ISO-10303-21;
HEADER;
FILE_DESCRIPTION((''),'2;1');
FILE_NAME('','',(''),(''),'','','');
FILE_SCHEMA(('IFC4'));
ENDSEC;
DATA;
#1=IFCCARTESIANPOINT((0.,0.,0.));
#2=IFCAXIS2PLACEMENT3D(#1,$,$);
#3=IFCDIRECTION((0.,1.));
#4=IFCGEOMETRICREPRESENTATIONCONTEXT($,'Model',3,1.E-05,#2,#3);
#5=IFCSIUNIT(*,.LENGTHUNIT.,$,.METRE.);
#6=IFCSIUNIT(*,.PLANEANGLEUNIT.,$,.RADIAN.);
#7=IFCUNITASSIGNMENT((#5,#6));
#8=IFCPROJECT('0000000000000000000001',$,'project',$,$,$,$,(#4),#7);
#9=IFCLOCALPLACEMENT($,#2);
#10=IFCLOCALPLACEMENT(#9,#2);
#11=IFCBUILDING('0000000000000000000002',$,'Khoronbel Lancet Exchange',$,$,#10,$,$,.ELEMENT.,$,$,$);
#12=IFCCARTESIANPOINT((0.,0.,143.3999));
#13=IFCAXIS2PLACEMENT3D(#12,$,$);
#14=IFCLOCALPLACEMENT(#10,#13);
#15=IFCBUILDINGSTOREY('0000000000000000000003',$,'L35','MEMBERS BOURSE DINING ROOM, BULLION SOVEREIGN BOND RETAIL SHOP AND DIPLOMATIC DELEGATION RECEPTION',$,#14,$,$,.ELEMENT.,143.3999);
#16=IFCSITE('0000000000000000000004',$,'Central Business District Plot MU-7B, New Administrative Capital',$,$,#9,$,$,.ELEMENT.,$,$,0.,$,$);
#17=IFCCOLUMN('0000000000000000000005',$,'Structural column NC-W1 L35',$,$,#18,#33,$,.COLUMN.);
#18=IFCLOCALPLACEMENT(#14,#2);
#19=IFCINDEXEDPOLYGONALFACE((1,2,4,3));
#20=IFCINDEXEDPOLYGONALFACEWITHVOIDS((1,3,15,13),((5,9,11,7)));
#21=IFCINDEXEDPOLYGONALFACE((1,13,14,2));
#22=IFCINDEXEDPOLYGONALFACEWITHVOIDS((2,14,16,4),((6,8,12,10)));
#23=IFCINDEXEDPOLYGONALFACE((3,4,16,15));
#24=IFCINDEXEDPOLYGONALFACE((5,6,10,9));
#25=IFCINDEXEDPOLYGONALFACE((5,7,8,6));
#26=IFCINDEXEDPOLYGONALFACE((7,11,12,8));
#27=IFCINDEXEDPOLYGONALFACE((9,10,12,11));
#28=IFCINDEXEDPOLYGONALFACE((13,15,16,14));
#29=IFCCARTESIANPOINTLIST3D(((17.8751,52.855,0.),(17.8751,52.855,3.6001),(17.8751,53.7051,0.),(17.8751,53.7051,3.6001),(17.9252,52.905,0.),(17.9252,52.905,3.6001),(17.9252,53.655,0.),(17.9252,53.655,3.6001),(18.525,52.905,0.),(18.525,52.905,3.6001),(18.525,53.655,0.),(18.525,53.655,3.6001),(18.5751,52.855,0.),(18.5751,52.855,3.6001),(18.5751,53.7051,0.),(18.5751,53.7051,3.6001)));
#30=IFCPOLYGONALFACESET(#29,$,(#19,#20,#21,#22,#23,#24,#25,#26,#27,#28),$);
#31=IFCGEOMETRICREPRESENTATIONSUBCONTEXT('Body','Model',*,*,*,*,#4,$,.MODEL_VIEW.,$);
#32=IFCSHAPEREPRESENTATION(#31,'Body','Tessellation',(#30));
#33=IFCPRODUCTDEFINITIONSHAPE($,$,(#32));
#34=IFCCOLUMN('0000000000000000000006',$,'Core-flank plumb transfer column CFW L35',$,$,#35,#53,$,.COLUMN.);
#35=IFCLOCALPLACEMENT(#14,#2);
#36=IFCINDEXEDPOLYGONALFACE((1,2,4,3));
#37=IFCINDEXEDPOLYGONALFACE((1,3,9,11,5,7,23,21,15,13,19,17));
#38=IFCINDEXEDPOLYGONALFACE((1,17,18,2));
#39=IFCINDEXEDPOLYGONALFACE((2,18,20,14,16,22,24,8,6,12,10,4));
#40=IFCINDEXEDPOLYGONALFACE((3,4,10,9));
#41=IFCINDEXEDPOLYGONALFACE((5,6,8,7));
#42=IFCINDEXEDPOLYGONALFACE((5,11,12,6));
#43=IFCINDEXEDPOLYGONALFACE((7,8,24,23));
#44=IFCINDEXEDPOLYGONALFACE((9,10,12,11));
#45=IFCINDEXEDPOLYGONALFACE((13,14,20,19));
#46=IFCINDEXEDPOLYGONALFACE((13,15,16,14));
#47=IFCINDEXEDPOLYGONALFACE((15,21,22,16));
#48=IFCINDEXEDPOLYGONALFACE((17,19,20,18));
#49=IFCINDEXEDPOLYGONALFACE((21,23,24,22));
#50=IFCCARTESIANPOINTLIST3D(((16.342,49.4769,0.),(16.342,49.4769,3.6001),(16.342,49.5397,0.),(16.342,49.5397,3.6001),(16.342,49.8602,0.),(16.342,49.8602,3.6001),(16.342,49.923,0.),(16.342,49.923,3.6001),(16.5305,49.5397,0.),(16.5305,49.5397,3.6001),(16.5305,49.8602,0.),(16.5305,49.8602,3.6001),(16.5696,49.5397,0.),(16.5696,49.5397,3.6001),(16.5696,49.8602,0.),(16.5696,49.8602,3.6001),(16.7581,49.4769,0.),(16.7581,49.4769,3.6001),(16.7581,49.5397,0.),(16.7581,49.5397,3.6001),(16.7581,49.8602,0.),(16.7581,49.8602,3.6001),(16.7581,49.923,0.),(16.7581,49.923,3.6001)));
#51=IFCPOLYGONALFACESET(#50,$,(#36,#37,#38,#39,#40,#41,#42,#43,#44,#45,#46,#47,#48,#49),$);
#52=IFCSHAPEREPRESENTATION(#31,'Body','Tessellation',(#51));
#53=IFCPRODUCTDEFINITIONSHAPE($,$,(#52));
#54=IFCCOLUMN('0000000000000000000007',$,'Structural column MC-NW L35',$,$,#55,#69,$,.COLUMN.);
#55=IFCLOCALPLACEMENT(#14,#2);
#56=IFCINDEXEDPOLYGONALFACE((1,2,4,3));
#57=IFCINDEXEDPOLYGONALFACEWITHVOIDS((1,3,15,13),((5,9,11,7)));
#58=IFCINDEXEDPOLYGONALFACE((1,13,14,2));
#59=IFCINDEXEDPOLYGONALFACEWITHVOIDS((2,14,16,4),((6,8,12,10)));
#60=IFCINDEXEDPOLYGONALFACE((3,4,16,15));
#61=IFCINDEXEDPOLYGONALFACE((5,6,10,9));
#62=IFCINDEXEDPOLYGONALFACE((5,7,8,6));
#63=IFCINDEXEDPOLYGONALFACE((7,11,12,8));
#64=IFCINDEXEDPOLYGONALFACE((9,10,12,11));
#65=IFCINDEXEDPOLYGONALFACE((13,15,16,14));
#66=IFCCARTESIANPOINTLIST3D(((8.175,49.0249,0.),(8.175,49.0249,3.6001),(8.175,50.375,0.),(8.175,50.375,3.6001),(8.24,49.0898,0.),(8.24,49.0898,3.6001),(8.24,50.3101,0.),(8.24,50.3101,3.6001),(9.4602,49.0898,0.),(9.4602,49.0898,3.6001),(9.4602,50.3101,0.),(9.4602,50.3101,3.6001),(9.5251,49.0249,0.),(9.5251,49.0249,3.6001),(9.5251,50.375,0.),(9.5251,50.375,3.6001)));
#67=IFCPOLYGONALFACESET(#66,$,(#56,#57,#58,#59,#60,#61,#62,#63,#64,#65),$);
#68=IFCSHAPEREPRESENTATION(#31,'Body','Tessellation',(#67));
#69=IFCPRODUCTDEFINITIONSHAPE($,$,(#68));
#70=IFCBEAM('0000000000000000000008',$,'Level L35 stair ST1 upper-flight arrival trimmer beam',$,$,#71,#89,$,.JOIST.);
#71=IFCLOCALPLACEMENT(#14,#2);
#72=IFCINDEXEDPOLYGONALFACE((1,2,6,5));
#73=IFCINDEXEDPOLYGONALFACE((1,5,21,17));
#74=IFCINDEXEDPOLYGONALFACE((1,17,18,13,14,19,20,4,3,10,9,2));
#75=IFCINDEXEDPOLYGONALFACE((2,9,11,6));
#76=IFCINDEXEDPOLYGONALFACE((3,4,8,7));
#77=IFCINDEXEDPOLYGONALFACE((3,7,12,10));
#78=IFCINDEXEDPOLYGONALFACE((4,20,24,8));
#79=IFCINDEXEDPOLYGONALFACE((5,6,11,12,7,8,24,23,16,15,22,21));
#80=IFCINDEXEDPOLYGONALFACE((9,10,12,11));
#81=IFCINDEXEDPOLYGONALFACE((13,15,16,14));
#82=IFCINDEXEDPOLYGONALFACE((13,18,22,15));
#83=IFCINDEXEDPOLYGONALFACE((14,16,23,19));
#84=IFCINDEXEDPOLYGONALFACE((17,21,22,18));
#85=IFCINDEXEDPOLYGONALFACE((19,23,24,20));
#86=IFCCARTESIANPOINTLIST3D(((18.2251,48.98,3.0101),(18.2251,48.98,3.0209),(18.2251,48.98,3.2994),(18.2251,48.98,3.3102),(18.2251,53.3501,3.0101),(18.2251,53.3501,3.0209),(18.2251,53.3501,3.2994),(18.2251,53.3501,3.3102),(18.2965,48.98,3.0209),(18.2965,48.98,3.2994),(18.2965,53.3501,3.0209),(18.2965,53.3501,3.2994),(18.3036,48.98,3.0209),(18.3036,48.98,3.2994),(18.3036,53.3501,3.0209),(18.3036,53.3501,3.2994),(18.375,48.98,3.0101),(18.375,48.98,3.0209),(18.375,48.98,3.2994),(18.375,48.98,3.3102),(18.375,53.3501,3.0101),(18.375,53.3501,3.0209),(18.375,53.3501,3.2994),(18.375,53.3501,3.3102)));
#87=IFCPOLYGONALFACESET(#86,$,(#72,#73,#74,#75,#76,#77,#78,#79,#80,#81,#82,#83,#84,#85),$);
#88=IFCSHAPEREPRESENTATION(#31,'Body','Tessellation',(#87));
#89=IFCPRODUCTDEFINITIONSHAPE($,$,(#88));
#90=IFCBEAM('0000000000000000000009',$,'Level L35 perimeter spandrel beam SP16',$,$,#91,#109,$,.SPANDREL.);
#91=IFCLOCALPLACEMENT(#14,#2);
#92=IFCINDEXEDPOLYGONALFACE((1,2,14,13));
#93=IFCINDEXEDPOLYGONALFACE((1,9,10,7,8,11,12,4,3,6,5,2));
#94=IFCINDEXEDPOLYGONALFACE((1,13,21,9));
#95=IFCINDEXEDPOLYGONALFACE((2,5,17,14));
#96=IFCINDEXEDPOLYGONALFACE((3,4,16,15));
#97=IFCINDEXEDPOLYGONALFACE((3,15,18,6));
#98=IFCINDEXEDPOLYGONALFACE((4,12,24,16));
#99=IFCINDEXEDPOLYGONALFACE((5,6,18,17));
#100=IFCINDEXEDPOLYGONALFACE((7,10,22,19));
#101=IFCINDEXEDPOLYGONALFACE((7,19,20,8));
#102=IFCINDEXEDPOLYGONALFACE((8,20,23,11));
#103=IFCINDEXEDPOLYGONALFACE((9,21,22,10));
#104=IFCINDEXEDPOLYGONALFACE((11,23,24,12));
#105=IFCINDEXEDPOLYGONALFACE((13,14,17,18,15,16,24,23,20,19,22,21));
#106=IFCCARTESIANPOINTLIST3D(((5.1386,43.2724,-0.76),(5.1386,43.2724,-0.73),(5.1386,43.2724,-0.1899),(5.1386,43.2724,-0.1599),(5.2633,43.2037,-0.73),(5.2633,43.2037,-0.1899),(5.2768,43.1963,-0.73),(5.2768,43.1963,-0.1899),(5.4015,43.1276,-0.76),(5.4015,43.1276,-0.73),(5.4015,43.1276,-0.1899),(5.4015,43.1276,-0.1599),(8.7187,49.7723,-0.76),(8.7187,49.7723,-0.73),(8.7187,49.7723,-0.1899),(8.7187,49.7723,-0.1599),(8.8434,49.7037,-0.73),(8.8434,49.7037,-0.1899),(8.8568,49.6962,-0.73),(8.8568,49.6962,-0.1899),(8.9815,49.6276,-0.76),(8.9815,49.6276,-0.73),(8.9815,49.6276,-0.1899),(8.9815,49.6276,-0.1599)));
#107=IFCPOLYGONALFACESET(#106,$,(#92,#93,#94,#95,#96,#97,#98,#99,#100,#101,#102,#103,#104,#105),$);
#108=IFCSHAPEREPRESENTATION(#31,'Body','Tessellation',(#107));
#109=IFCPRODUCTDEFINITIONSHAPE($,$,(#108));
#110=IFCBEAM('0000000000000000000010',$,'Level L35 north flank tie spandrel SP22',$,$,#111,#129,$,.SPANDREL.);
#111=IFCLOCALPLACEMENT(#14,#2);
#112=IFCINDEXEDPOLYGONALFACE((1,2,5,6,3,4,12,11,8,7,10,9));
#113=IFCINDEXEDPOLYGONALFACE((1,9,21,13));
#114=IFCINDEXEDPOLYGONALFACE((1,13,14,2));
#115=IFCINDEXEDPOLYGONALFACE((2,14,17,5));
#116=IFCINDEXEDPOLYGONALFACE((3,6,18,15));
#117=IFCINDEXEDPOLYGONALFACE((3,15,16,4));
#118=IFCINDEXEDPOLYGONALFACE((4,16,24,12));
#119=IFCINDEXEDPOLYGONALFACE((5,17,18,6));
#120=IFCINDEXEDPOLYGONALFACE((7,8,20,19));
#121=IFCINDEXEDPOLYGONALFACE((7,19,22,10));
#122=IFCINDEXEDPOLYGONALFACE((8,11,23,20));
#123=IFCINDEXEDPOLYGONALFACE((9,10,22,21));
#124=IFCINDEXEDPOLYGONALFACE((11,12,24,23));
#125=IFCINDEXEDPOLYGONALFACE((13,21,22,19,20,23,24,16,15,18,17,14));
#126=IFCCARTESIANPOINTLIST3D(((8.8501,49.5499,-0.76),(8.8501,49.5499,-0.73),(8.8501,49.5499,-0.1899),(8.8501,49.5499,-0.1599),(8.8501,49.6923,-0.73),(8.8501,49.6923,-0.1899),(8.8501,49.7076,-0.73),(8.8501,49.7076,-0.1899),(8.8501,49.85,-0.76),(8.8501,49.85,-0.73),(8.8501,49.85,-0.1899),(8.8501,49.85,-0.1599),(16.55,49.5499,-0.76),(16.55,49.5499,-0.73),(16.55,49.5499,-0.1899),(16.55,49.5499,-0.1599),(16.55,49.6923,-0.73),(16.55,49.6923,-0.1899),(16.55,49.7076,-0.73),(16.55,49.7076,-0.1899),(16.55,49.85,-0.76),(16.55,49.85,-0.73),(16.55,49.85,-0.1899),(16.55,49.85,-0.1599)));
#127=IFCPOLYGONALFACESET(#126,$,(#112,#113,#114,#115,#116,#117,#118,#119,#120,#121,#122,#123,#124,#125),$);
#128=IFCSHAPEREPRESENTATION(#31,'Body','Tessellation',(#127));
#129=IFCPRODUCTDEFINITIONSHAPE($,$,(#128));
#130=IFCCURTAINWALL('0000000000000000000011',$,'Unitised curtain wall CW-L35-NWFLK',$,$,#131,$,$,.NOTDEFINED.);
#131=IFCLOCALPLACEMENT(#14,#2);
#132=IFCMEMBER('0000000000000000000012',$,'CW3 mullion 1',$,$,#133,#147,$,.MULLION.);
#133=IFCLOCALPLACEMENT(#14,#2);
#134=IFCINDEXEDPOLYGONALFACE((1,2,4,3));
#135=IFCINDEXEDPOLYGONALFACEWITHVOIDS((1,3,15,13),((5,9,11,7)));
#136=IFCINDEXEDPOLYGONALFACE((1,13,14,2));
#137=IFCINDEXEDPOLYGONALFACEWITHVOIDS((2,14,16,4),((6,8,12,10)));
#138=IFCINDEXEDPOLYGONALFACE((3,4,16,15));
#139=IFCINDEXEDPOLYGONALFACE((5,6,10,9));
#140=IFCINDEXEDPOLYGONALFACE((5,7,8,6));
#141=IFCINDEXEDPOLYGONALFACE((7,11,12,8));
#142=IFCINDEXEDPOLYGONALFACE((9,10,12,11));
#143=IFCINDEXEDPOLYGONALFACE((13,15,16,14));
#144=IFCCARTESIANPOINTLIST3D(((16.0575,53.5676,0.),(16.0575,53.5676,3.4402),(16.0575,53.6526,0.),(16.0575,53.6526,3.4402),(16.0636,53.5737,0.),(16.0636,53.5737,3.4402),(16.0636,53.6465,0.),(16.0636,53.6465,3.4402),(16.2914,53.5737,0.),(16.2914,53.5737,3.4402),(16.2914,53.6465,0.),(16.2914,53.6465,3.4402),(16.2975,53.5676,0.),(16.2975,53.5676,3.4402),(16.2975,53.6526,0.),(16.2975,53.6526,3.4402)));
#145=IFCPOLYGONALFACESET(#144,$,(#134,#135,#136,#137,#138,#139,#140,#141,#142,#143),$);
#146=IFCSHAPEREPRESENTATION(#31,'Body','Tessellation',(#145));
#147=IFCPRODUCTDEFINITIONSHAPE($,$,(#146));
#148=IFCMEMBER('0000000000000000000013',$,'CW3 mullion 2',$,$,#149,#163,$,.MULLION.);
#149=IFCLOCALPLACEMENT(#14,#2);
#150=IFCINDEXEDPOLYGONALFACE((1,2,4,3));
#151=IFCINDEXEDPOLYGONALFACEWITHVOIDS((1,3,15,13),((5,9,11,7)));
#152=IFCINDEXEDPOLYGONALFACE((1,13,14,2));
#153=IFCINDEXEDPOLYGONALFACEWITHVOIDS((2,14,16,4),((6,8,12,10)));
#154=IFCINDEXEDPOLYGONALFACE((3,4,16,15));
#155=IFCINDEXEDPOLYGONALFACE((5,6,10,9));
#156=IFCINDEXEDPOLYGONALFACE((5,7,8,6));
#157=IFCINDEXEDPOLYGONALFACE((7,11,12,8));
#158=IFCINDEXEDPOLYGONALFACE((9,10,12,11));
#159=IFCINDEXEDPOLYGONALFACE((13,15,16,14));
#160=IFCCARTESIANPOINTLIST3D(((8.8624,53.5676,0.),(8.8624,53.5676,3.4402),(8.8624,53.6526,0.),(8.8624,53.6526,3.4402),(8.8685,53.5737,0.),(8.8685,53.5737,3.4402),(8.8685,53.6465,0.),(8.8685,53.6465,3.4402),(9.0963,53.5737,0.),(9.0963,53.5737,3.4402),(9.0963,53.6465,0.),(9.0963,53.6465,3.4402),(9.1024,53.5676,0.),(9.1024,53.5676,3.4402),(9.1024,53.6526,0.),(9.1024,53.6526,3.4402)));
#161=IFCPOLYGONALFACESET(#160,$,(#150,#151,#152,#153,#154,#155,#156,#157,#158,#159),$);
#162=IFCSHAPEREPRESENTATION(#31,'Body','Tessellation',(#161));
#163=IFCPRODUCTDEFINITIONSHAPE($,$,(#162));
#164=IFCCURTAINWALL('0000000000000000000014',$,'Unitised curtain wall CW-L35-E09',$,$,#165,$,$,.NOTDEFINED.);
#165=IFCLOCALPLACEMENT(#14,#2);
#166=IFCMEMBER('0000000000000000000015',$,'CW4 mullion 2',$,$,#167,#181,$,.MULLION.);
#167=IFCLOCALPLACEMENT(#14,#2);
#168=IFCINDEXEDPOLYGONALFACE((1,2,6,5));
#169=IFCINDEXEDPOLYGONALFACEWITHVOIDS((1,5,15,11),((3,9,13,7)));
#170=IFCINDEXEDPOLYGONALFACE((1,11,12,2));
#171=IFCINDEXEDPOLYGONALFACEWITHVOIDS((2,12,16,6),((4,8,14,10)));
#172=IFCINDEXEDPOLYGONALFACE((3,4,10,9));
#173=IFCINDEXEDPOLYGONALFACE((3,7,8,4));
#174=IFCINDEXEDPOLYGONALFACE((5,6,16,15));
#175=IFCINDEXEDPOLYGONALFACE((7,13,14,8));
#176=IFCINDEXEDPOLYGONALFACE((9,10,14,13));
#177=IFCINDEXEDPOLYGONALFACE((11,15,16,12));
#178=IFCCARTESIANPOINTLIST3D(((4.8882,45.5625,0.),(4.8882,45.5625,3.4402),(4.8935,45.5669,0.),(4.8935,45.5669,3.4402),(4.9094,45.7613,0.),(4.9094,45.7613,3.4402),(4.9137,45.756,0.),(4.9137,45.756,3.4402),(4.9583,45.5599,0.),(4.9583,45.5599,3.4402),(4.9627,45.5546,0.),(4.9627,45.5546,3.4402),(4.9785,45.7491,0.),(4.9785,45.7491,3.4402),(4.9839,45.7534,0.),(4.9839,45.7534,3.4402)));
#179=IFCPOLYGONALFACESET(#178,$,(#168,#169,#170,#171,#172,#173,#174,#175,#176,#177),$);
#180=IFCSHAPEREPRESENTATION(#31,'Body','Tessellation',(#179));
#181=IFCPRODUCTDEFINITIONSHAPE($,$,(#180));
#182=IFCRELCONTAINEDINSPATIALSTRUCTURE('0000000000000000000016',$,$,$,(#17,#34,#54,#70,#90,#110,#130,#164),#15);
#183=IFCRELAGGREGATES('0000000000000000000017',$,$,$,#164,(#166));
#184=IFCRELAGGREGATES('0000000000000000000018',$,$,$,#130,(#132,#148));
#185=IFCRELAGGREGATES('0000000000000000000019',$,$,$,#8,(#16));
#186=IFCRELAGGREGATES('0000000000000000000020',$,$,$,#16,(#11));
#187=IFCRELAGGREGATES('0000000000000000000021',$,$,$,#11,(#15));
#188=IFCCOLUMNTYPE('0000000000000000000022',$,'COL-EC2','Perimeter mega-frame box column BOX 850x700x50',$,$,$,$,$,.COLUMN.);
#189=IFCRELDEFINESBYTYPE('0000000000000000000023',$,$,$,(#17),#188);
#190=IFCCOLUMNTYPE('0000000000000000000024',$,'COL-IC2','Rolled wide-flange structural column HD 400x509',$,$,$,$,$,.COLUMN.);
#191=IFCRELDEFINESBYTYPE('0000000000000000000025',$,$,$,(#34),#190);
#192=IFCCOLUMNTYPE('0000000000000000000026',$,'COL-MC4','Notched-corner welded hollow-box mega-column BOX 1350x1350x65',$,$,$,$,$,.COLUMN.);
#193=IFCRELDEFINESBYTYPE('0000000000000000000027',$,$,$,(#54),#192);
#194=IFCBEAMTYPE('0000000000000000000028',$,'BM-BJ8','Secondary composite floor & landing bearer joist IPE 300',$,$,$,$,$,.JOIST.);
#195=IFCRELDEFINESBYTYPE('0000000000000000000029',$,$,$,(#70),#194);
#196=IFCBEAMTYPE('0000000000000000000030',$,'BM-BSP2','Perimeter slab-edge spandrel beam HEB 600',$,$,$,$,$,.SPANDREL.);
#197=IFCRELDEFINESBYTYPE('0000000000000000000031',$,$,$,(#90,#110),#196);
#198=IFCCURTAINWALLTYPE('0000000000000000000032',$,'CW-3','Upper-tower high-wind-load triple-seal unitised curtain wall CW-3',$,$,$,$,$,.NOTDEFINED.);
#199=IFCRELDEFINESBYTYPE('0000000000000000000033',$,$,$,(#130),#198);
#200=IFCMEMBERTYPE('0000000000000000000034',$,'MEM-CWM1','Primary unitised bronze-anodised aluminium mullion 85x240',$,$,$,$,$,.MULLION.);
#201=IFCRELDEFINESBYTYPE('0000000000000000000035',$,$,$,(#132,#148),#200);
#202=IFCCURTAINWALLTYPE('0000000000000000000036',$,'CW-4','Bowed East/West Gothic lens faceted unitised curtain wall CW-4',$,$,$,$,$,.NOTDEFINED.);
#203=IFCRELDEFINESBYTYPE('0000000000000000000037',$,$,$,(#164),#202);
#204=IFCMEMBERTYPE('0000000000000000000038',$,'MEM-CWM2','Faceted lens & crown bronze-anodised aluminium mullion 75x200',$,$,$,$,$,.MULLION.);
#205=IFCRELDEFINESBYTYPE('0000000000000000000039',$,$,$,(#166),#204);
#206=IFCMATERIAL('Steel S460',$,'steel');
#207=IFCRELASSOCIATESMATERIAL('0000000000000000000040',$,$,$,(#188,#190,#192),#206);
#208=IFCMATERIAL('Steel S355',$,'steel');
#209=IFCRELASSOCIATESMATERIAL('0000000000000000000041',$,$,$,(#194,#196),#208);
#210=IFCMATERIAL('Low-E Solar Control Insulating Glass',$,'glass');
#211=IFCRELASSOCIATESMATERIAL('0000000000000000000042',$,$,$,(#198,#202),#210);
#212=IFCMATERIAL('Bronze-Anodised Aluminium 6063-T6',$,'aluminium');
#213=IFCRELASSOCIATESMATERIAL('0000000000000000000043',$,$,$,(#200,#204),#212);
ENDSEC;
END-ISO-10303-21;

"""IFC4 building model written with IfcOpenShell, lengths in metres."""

from ifc_helpers import new_model, si_unit, direction, frame, origin, origin_2d, place, context, subcontext, project, spatial, hollow_rectangle, i_section, extrude, material, material_profile, profile_set, type_object, element, aggregate, save


model = new_model("IFC4")

# Units and contexts
model_context = context("Model", 3, precision=1e-05, world=origin(), true_north=direction((0.0, 1.0)))
body_context = subcontext(model_context, "Body", "Model", "MODEL_VIEW")
ifc_project = project(units=[si_unit("LENGTHUNIT", "METRE"), si_unit("PLANEANGLEUNIT", "RADIAN")], contexts=[model_context])

# Site, building, storey
site_placement = place(None, origin())
site = spatial("IfcSite", under=ifc_project, at=site_placement, Name="Central Business District Plot MU-7B, New Administrative Capital", CompositionType="ELEMENT", RefElevation=0.0)
building_placement = place(site_placement, origin())
building = spatial("IfcBuilding", under=site, at=building_placement, Name="Khoronbel Lancet Exchange", CompositionType="ELEMENT")
storey_placement = place(building_placement, frame((0.0, 0.0, 143.3999)))
storey = spatial("IfcBuildingStorey", under=building, at=storey_placement, Name="L35", Description="MEMBERS BOURSE DINING ROOM, BULLION SOVEREIGN BOND RETAIL SHOP AND DIPLOMATIC DELEGATION RECEPTION", CompositionType="ELEMENT", Elevation=143.3999)

# Columns
ifc_material_1 = material(Name="Steel S460", Category="steel")
ifc_material_profile_1 = material_profile(ifc_material_1, hollow_rectangle(XDim=0.7, YDim=0.8501, WallThickness=0.05, at=origin_2d()), Name="BOX 850x700x50")
ifc_profile_set_1 = profile_set([ifc_material_profile_1], Name="Steel S460")
column_type_1 = type_object("IfcColumnType", Name="COL-EC2", Description="Perimeter mega-frame box column BOX 850x700x50", PredefinedType="COLUMN", material=ifc_profile_set_1)
column_1_placement = place(storey_placement, frame((18.2251, 53.28, 0.0), z_axis=(0.0, 0.0, 1.0), x_axis=(1.0, 0.0, 0.0)))
element("IfcColumn", 1, at=column_1_placement, inside=storey, type_object=column_type_1, Name="Structural column NC-W1 L35", PredefinedType="COLUMN", context=body_context, shape_type="SweptSolid", body=[
    extrude(hollow_rectangle(XDim=0.7, YDim=0.8501, WallThickness=0.05, at=origin_2d()), origin(), (0.0, 0.0, 1.0), 3.6001),
])
ifc_material_profile_2 = material_profile(ifc_material_1, i_section(OverallWidth=0.416, OverallDepth=0.446, WebThickness=0.0391, FlangeThickness=0.0627, at=origin_2d()), Name="HD 400x509")
ifc_profile_set_2 = profile_set([ifc_material_profile_2], Name="Steel S460")
column_type_2 = type_object("IfcColumnType", Name="COL-IC2", Description="Rolled wide-flange structural column HD 400x509", PredefinedType="COLUMN", material=ifc_profile_set_2)
column_2_placement = place(storey_placement, frame((16.55, 49.7, 0.0), z_axis=(0.0, 0.0, 1.0), x_axis=(1.0, 0.0, 0.0)))
element("IfcColumn", 2, at=column_2_placement, inside=storey, type_object=column_type_2, Name="Core-flank plumb transfer column CFW L35", PredefinedType="COLUMN", context=body_context, shape_type="SweptSolid", body=[
    extrude(i_section(OverallWidth=0.416, OverallDepth=0.446, WebThickness=0.0391, FlangeThickness=0.0627, at=origin_2d()), origin(), (0.0, 0.0, 1.0), 3.6001),
])
ifc_material_profile_3 = material_profile(ifc_material_1, hollow_rectangle(XDim=1.3501, YDim=1.3501, WallThickness=0.0649, at=origin_2d()), Name="BOX 1350x1350x65")
ifc_profile_set_3 = profile_set([ifc_material_profile_3], Name="Steel S460")
column_type_3 = type_object("IfcColumnType", Name="COL-MC4", Description="Notched-corner welded hollow-box mega-column BOX 1350x1350x65", PredefinedType="COLUMN", material=ifc_profile_set_3)
column_3_placement = place(storey_placement, frame((8.8501, 49.7, 0.0), z_axis=(0.0, 0.0, 1.0), x_axis=(1.0, 0.0, 0.0)))
element("IfcColumn", 3, at=column_3_placement, inside=storey, type_object=column_type_3, Name="Structural column MC-NW L35", PredefinedType="COLUMN", context=body_context, shape_type="SweptSolid", body=[
    extrude(hollow_rectangle(XDim=1.3501, YDim=1.3501, WallThickness=0.0649, at=origin_2d()), origin(), (0.0, 0.0, 1.0), 3.6001),
])

# Beams
ifc_material_2 = material(Name="Steel S355", Category="steel")
ifc_material_profile_4 = material_profile(ifc_material_2, i_section(OverallWidth=0.1499, OverallDepth=0.3, WebThickness=0.0071, FlangeThickness=0.0107, at=origin_2d()), Name="IPE 300")
ifc_profile_set_4 = profile_set([ifc_material_profile_4], Name="Steel S355")
beam_type_1 = type_object("IfcBeamType", Name="BM-BJ8", Description="Secondary composite floor & landing bearer joist IPE 300", PredefinedType="JOIST", material=ifc_profile_set_4)
beam_1_placement = place(storey_placement, frame((18.3, 48.98, 3.1602), z_axis=(0.0, 1.0, 0.0), x_axis=(-1.0, 0.0, 0.0)))
element("IfcBeam", 4, at=beam_1_placement, inside=storey, type_object=beam_type_1, Name="Level L35 stair ST1 upper-flight arrival trimmer beam", PredefinedType="JOIST", context=body_context, shape_type="SweptSolid", body=[
    extrude(i_section(OverallWidth=0.1499, OverallDepth=0.3, WebThickness=0.0071, FlangeThickness=0.0107, at=origin_2d()), origin(), (0.0, 0.0, 1.0), 4.3701),
])
ifc_material_profile_5 = material_profile(ifc_material_2, i_section(OverallWidth=0.3, OverallDepth=0.6001, WebThickness=0.0154, FlangeThickness=0.03, at=origin_2d()), Name="HEB 600")
ifc_profile_set_5 = profile_set([ifc_material_profile_5], Name="Steel S355")
beam_type_2 = type_object("IfcBeamType", Name="BM-BSP2", Description="Perimeter slab-edge spandrel beam HEB 600", PredefinedType="SPANDREL", material=ifc_profile_set_5)
beam_2_placement = place(storey_placement, frame((8.8501, 49.7, -0.46), z_axis=(-0.482444, -0.875927, 0.0), x_axis=(0.875927, -0.482444, 0.0)))
element("IfcBeam", 5, at=beam_2_placement, inside=storey, type_object=beam_type_2, Name="Level L35 perimeter spandrel beam SP16", PredefinedType="SPANDREL", context=body_context, shape_type="SweptSolid", body=[
    extrude(i_section(OverallWidth=0.3, OverallDepth=0.6001, WebThickness=0.0154, FlangeThickness=0.03, at=origin_2d()), origin(), (0.0, 0.0, 1.0), 7.4207),
])
beam_3_placement = place(storey_placement, frame((8.8501, 49.7, -0.46), z_axis=(1.0, 0.0, 0.0), x_axis=(0.0, 1.0, 0.0)))
element("IfcBeam", 6, at=beam_3_placement, inside=storey, type_object=beam_type_2, Name="Level L35 north flank tie spandrel SP22", PredefinedType="SPANDREL", context=body_context, shape_type="SweptSolid", body=[
    extrude(i_section(OverallWidth=0.3, OverallDepth=0.6001, WebThickness=0.0154, FlangeThickness=0.03, at=origin_2d()), origin(), (0.0, 0.0, 1.0), 7.7),
])

# Curtain wall, members
ifc_material_3 = material(Name="Low-E Solar Control Insulating Glass", Category="glass")
curtain_wall_type_1 = type_object("IfcCurtainWallType", Name="CW-3", Description="Upper-tower high-wind-load triple-seal unitised curtain wall CW-3", PredefinedType="NOTDEFINED", material=ifc_material_3)
curtain_wall_1_placement = place(storey_placement, origin())
curtain_wall_1 = element("IfcCurtainWall", 7, at=curtain_wall_1_placement, inside=storey, type_object=curtain_wall_type_1, Name="Unitised curtain wall CW-L35-NWFLK", PredefinedType="NOTDEFINED")
ifc_material_4 = material(Name="Bronze-Anodised Aluminium 6063-T6", Category="aluminium")
ifc_material_profile_6 = material_profile(ifc_material_4, hollow_rectangle(XDim=0.085, YDim=0.24, WallThickness=0.0061, at=origin_2d()), Name="ALU MULLION 85x240")
ifc_profile_set_6 = profile_set([ifc_material_profile_6], Name="Bronze-Anodised Aluminium 6063-T6")
member_type_1 = type_object("IfcMemberType", Name="MEM-CWM1", Description="Primary unitised bronze-anodised aluminium mullion 85x240", PredefinedType="MULLION", material=ifc_profile_set_6)
member_1_placement = place(storey_placement, frame((16.1775, 53.6101, 0.0), z_axis=(0.0, 0.0, 1.0), x_axis=(0.0, -1.0, 0.0)))
member_1 = element("IfcMember", 8, at=member_1_placement, type_object=member_type_1, Name="CW3 mullion 1", PredefinedType="MULLION", context=body_context, shape_type="SweptSolid", body=[
    extrude(hollow_rectangle(XDim=0.085, YDim=0.24, WallThickness=0.0061, at=origin_2d()), origin(), (0.0, 0.0, 1.0), 3.4402),
])
member_2_placement = place(storey_placement, frame((8.9824, 53.6101, 0.0), z_axis=(0.0, 0.0, 1.0), x_axis=(0.0, -1.0, 0.0)))
member_2 = element("IfcMember", 9, at=member_2_placement, type_object=member_type_1, Name="CW3 mullion 2", PredefinedType="MULLION", context=body_context, shape_type="SweptSolid", body=[
    extrude(hollow_rectangle(XDim=0.085, YDim=0.24, WallThickness=0.0061, at=origin_2d()), origin(), (0.0, 0.0, 1.0), 3.4402),
])

# Curtain wall, member
curtain_wall_type_2 = type_object("IfcCurtainWallType", Name="CW-4", Description="Bowed East/West Gothic lens faceted unitised curtain wall CW-4", PredefinedType="NOTDEFINED", material=ifc_material_3)
curtain_wall_2_placement = place(storey_placement, origin())
curtain_wall_2 = element("IfcCurtainWall", 10, at=curtain_wall_2_placement, inside=storey, type_object=curtain_wall_type_2, Name="Unitised curtain wall CW-L35-E09", PredefinedType="NOTDEFINED")
ifc_material_profile_7 = material_profile(ifc_material_4, hollow_rectangle(XDim=0.075, YDim=0.2, WallThickness=0.0049, at=origin_2d()), Name="ALU MULLION 75x200")
ifc_profile_set_7 = profile_set([ifc_material_profile_7], Name="Bronze-Anodised Aluminium 6063-T6")
member_type_2 = type_object("IfcMemberType", Name="MEM-CWM2", Description="Faceted lens & crown bronze-anodised aluminium mullion 75x200", PredefinedType="MULLION", material=ifc_profile_set_7)
member_3_placement = place(storey_placement, frame((4.936, 45.658, 0.0), z_axis=(0.0, 0.0, 1.0), x_axis=(-0.994347, 0.106181, 0.0)))
member_3 = element("IfcMember", 11, at=member_3_placement, type_object=member_type_2, Name="CW4 mullion 2", PredefinedType="MULLION", context=body_context, shape_type="SweptSolid", body=[
    extrude(hollow_rectangle(XDim=0.075, YDim=0.2, WallThickness=0.0049, at=origin_2d()), origin(), (0.0, 0.0, 1.0), 3.4402),
])
aggregate(curtain_wall_2, [member_3])

aggregate(curtain_wall_1, [member_1, member_2])

save(model, "model.ifc")
